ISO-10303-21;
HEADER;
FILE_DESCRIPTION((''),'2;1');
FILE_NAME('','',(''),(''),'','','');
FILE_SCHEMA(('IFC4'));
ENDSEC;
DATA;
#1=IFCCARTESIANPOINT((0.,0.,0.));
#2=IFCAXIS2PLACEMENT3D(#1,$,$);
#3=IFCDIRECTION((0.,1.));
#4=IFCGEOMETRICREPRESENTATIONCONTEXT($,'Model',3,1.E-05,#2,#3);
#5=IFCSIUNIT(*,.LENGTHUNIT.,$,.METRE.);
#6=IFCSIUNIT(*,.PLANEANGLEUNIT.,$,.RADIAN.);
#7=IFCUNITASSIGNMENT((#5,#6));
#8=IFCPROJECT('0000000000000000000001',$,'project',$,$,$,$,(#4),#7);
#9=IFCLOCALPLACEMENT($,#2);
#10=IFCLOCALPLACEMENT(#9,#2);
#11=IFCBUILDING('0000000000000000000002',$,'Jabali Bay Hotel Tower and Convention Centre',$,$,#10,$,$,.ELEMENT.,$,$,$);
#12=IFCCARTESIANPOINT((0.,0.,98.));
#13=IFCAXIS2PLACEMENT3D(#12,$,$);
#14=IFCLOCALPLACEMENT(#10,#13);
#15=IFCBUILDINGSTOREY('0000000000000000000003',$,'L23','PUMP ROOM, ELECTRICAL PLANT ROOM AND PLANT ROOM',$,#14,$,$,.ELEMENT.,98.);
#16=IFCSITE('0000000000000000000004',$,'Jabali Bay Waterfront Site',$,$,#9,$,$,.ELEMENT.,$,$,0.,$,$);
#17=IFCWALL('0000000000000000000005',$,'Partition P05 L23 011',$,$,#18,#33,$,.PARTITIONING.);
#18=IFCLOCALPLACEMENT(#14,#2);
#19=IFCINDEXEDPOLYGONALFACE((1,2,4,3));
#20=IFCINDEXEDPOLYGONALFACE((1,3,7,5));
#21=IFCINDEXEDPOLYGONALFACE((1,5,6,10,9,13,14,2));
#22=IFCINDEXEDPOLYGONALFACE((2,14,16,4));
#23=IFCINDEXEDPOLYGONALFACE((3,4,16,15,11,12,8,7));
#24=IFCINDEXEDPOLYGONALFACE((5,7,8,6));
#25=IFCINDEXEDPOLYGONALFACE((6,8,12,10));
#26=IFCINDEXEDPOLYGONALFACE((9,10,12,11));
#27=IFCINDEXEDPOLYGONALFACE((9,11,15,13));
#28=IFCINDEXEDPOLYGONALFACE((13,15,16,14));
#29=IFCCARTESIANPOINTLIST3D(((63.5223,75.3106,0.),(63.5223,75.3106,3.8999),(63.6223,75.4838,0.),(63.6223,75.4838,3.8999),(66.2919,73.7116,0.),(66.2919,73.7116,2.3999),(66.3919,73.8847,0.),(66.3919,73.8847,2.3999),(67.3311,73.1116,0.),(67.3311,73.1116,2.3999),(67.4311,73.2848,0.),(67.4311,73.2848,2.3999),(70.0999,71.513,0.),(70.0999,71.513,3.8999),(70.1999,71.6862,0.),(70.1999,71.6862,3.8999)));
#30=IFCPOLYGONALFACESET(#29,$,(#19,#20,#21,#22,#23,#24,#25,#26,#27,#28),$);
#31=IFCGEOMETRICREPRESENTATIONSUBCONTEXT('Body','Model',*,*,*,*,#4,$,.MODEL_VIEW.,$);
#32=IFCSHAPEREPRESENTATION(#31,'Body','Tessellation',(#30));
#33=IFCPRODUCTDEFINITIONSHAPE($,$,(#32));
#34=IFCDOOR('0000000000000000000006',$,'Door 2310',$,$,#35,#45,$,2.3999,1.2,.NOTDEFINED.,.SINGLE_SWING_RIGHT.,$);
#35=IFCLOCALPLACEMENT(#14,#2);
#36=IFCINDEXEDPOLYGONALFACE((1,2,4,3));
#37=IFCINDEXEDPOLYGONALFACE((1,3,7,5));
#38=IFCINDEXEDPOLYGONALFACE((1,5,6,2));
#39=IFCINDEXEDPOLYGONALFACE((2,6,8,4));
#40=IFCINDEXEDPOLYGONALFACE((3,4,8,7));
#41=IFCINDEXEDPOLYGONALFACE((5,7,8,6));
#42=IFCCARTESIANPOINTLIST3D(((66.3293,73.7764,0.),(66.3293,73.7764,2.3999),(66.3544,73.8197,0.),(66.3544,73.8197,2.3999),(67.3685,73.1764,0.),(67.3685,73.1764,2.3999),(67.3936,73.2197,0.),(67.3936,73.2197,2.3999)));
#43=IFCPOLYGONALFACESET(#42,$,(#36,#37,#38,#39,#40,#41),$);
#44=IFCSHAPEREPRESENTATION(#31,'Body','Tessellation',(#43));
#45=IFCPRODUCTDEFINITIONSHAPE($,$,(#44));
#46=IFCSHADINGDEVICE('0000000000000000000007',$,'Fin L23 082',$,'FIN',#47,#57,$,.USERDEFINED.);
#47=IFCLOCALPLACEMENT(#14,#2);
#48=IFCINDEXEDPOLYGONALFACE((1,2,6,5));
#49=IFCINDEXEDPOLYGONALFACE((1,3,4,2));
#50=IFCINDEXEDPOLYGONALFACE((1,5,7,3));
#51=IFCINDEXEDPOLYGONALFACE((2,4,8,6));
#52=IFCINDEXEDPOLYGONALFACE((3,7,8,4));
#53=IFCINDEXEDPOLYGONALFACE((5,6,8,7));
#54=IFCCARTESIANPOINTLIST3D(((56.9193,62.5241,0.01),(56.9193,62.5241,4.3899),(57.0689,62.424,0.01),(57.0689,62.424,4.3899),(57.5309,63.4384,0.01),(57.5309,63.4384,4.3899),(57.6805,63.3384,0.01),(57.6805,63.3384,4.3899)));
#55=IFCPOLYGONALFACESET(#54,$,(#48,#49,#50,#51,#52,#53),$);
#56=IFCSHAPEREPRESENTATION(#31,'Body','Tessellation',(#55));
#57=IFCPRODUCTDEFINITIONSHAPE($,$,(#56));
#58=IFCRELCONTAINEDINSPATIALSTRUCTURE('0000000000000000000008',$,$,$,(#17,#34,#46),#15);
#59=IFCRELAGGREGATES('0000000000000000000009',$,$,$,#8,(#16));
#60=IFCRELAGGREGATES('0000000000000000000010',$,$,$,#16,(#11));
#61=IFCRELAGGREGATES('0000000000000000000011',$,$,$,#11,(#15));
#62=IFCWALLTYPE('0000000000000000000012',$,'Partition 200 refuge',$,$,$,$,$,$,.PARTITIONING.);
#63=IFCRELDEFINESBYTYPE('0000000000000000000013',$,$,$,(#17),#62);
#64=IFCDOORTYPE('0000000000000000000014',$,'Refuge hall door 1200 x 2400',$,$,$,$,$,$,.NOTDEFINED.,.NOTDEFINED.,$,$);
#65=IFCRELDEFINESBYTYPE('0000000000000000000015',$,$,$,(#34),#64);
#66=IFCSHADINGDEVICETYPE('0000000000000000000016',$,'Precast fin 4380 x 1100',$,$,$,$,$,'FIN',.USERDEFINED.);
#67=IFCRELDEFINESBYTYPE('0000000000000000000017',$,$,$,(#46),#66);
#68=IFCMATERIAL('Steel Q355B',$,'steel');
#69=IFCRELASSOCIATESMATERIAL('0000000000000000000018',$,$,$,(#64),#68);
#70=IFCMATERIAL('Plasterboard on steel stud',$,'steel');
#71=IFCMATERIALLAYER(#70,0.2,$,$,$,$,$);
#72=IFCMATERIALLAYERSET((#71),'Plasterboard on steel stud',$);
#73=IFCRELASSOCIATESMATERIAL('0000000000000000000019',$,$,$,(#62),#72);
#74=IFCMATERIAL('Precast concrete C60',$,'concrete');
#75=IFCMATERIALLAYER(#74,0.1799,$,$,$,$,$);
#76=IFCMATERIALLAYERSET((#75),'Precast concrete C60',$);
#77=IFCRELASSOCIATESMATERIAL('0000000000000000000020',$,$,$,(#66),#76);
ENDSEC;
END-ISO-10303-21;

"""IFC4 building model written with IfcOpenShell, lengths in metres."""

from ifc_helpers import new_model, si_unit, direction, frame, frame_2d, origin, place, context, subcontext, project, spatial, rectangle, extrude, material, layer, layer_set, type_object, element, fill, save


model = new_model("IFC4")

# Units and contexts
model_context = context("Model", 3, precision=1e-05, world=origin(), true_north=direction((0.0, 1.0)))
body_context = subcontext(model_context, "Body", "Model", "MODEL_VIEW")
ifc_project = project(units=[si_unit("LENGTHUNIT", "METRE"), si_unit("PLANEANGLEUNIT", "RADIAN")], contexts=[model_context])

# Site, building, storey
site_placement = place(None, origin())
site = spatial("IfcSite", under=ifc_project, at=site_placement, Name="Jabali Bay Waterfront Site", CompositionType="ELEMENT", RefElevation=0.0)
building_placement = place(site_placement, origin())
building = spatial("IfcBuilding", under=site, at=building_placement, Name="Jabali Bay Hotel Tower and Convention Centre", CompositionType="ELEMENT")
storey_placement = place(building_placement, frame((0.0, 0.0, 98.0)))
storey = spatial("IfcBuildingStorey", under=building, at=storey_placement, Name="L23", Description="PUMP ROOM, ELECTRICAL PLANT ROOM AND PLANT ROOM", CompositionType="ELEMENT", Elevation=98.0)

# Shared definitions
ifc_material_1 = material(Name="Steel Q355B", Category="steel")
door_type_1 = type_object("IfcDoorType", Name="Refuge hall door 1200 x 2400", OperationType="NOTDEFINED", PredefinedType="NOTDEFINED", material=ifc_material_1)

# Wall, opening, door
ifc_material_2 = material(Name="Plasterboard on steel stud", Category="steel")
ifc_layer_1 = layer(ifc_material_2, 0.2)
ifc_layer_set_1 = layer_set([ifc_layer_1], Name="Plasterboard on steel stud")
wall_type_1 = type_object("IfcWallType", Name="Partition 200 refuge", PredefinedType="PARTITIONING", material=ifc_layer_set_1)
wall_1_placement = place(storey_placement, frame((63.5723, 75.3972, 0.0), z_axis=(0.0, 0.0, 1.0), x_axis=(0.866025, -0.500001, 0.0)))
wall_1 = element("IfcWall", 1, at=wall_1_placement, inside=storey, type_object=wall_type_1, Name="Partition P05 L23 011", PredefinedType="PARTITIONING", context=body_context, shape_type="SweptSolid", body=[
    extrude(rectangle(XDim=7.5952, YDim=0.2, at=frame_2d((3.7976, 0.0))), origin(), (0.0, 0.0, 1.0), 3.8999),
])
opening_1_placement = place(wall_1_placement, frame((3.198, 0.0, 0.0)))
opening_1 = element("IfcOpeningElement", 2, at=opening_1_placement, cuts=wall_1, PredefinedType="OPENING", context=body_context, shape_type="SweptSolid", body=[
    extrude(rectangle(XDim=1.2, YDim=2.3999, at=frame_2d((0.6001, 1.2))), frame((0.0, 0.1104, 0.0), z_axis=(0.0, -1.0, 0.0), x_axis=(1.0, 0.0, 0.0)), (0.0, 0.0, 1.0), 0.2209),
])
door_1_placement = place(opening_1_placement, origin())
door_1 = element("IfcDoor", 3, at=door_1_placement, inside=storey, type_object=door_type_1, Name="Door 2310", OperationType="SINGLE_SWING_RIGHT", OverallHeight=2.3999, OverallWidth=1.2, PredefinedType="NOTDEFINED", context=body_context, shape_type="SweptSolid", body=[
    extrude(rectangle(XDim=1.2, YDim=2.3999, at=frame_2d((0.6001, 1.2))), frame((0.0, 0.0249, 0.0), z_axis=(0.0, -1.0, 0.0), x_axis=(1.0, 0.0, 0.0)), (0.0, 0.0, 1.0), 0.05),
])
fill(opening_1, door_1)

# Shading device
ifc_material_3 = material(Name="Precast concrete C60", Category="concrete")
ifc_layer_2 = layer(ifc_material_3, 0.1799)
ifc_layer_set_2 = layer_set([ifc_layer_2], Name="Precast concrete C60")
shading_device_type = type_object("IfcShadingDeviceType", Name="Precast fin 4380 x 1100", ElementType="FIN", PredefinedType="USERDEFINED", material=ifc_layer_set_2)
shading_device_placement = place(storey_placement, frame((57.6057, 63.3884, 0.01), z_axis=(0.0, 0.0, 1.0), x_axis=(-0.55598, -0.831196, 0.0)))
element("IfcShadingDevice", 4, at=shading_device_placement, inside=storey, type_object=shading_device_type, Name="Fin L23 082", ObjectType="FIN", PredefinedType="USERDEFINED", context=body_context, shape_type="SweptSolid", body=[
    extrude(rectangle(XDim=1.1001, YDim=0.1799, at=frame_2d((0.55, 0.0))), origin(), (0.0, 0.0, 1.0), 4.3799),
])

save(model, "model.ifc")
